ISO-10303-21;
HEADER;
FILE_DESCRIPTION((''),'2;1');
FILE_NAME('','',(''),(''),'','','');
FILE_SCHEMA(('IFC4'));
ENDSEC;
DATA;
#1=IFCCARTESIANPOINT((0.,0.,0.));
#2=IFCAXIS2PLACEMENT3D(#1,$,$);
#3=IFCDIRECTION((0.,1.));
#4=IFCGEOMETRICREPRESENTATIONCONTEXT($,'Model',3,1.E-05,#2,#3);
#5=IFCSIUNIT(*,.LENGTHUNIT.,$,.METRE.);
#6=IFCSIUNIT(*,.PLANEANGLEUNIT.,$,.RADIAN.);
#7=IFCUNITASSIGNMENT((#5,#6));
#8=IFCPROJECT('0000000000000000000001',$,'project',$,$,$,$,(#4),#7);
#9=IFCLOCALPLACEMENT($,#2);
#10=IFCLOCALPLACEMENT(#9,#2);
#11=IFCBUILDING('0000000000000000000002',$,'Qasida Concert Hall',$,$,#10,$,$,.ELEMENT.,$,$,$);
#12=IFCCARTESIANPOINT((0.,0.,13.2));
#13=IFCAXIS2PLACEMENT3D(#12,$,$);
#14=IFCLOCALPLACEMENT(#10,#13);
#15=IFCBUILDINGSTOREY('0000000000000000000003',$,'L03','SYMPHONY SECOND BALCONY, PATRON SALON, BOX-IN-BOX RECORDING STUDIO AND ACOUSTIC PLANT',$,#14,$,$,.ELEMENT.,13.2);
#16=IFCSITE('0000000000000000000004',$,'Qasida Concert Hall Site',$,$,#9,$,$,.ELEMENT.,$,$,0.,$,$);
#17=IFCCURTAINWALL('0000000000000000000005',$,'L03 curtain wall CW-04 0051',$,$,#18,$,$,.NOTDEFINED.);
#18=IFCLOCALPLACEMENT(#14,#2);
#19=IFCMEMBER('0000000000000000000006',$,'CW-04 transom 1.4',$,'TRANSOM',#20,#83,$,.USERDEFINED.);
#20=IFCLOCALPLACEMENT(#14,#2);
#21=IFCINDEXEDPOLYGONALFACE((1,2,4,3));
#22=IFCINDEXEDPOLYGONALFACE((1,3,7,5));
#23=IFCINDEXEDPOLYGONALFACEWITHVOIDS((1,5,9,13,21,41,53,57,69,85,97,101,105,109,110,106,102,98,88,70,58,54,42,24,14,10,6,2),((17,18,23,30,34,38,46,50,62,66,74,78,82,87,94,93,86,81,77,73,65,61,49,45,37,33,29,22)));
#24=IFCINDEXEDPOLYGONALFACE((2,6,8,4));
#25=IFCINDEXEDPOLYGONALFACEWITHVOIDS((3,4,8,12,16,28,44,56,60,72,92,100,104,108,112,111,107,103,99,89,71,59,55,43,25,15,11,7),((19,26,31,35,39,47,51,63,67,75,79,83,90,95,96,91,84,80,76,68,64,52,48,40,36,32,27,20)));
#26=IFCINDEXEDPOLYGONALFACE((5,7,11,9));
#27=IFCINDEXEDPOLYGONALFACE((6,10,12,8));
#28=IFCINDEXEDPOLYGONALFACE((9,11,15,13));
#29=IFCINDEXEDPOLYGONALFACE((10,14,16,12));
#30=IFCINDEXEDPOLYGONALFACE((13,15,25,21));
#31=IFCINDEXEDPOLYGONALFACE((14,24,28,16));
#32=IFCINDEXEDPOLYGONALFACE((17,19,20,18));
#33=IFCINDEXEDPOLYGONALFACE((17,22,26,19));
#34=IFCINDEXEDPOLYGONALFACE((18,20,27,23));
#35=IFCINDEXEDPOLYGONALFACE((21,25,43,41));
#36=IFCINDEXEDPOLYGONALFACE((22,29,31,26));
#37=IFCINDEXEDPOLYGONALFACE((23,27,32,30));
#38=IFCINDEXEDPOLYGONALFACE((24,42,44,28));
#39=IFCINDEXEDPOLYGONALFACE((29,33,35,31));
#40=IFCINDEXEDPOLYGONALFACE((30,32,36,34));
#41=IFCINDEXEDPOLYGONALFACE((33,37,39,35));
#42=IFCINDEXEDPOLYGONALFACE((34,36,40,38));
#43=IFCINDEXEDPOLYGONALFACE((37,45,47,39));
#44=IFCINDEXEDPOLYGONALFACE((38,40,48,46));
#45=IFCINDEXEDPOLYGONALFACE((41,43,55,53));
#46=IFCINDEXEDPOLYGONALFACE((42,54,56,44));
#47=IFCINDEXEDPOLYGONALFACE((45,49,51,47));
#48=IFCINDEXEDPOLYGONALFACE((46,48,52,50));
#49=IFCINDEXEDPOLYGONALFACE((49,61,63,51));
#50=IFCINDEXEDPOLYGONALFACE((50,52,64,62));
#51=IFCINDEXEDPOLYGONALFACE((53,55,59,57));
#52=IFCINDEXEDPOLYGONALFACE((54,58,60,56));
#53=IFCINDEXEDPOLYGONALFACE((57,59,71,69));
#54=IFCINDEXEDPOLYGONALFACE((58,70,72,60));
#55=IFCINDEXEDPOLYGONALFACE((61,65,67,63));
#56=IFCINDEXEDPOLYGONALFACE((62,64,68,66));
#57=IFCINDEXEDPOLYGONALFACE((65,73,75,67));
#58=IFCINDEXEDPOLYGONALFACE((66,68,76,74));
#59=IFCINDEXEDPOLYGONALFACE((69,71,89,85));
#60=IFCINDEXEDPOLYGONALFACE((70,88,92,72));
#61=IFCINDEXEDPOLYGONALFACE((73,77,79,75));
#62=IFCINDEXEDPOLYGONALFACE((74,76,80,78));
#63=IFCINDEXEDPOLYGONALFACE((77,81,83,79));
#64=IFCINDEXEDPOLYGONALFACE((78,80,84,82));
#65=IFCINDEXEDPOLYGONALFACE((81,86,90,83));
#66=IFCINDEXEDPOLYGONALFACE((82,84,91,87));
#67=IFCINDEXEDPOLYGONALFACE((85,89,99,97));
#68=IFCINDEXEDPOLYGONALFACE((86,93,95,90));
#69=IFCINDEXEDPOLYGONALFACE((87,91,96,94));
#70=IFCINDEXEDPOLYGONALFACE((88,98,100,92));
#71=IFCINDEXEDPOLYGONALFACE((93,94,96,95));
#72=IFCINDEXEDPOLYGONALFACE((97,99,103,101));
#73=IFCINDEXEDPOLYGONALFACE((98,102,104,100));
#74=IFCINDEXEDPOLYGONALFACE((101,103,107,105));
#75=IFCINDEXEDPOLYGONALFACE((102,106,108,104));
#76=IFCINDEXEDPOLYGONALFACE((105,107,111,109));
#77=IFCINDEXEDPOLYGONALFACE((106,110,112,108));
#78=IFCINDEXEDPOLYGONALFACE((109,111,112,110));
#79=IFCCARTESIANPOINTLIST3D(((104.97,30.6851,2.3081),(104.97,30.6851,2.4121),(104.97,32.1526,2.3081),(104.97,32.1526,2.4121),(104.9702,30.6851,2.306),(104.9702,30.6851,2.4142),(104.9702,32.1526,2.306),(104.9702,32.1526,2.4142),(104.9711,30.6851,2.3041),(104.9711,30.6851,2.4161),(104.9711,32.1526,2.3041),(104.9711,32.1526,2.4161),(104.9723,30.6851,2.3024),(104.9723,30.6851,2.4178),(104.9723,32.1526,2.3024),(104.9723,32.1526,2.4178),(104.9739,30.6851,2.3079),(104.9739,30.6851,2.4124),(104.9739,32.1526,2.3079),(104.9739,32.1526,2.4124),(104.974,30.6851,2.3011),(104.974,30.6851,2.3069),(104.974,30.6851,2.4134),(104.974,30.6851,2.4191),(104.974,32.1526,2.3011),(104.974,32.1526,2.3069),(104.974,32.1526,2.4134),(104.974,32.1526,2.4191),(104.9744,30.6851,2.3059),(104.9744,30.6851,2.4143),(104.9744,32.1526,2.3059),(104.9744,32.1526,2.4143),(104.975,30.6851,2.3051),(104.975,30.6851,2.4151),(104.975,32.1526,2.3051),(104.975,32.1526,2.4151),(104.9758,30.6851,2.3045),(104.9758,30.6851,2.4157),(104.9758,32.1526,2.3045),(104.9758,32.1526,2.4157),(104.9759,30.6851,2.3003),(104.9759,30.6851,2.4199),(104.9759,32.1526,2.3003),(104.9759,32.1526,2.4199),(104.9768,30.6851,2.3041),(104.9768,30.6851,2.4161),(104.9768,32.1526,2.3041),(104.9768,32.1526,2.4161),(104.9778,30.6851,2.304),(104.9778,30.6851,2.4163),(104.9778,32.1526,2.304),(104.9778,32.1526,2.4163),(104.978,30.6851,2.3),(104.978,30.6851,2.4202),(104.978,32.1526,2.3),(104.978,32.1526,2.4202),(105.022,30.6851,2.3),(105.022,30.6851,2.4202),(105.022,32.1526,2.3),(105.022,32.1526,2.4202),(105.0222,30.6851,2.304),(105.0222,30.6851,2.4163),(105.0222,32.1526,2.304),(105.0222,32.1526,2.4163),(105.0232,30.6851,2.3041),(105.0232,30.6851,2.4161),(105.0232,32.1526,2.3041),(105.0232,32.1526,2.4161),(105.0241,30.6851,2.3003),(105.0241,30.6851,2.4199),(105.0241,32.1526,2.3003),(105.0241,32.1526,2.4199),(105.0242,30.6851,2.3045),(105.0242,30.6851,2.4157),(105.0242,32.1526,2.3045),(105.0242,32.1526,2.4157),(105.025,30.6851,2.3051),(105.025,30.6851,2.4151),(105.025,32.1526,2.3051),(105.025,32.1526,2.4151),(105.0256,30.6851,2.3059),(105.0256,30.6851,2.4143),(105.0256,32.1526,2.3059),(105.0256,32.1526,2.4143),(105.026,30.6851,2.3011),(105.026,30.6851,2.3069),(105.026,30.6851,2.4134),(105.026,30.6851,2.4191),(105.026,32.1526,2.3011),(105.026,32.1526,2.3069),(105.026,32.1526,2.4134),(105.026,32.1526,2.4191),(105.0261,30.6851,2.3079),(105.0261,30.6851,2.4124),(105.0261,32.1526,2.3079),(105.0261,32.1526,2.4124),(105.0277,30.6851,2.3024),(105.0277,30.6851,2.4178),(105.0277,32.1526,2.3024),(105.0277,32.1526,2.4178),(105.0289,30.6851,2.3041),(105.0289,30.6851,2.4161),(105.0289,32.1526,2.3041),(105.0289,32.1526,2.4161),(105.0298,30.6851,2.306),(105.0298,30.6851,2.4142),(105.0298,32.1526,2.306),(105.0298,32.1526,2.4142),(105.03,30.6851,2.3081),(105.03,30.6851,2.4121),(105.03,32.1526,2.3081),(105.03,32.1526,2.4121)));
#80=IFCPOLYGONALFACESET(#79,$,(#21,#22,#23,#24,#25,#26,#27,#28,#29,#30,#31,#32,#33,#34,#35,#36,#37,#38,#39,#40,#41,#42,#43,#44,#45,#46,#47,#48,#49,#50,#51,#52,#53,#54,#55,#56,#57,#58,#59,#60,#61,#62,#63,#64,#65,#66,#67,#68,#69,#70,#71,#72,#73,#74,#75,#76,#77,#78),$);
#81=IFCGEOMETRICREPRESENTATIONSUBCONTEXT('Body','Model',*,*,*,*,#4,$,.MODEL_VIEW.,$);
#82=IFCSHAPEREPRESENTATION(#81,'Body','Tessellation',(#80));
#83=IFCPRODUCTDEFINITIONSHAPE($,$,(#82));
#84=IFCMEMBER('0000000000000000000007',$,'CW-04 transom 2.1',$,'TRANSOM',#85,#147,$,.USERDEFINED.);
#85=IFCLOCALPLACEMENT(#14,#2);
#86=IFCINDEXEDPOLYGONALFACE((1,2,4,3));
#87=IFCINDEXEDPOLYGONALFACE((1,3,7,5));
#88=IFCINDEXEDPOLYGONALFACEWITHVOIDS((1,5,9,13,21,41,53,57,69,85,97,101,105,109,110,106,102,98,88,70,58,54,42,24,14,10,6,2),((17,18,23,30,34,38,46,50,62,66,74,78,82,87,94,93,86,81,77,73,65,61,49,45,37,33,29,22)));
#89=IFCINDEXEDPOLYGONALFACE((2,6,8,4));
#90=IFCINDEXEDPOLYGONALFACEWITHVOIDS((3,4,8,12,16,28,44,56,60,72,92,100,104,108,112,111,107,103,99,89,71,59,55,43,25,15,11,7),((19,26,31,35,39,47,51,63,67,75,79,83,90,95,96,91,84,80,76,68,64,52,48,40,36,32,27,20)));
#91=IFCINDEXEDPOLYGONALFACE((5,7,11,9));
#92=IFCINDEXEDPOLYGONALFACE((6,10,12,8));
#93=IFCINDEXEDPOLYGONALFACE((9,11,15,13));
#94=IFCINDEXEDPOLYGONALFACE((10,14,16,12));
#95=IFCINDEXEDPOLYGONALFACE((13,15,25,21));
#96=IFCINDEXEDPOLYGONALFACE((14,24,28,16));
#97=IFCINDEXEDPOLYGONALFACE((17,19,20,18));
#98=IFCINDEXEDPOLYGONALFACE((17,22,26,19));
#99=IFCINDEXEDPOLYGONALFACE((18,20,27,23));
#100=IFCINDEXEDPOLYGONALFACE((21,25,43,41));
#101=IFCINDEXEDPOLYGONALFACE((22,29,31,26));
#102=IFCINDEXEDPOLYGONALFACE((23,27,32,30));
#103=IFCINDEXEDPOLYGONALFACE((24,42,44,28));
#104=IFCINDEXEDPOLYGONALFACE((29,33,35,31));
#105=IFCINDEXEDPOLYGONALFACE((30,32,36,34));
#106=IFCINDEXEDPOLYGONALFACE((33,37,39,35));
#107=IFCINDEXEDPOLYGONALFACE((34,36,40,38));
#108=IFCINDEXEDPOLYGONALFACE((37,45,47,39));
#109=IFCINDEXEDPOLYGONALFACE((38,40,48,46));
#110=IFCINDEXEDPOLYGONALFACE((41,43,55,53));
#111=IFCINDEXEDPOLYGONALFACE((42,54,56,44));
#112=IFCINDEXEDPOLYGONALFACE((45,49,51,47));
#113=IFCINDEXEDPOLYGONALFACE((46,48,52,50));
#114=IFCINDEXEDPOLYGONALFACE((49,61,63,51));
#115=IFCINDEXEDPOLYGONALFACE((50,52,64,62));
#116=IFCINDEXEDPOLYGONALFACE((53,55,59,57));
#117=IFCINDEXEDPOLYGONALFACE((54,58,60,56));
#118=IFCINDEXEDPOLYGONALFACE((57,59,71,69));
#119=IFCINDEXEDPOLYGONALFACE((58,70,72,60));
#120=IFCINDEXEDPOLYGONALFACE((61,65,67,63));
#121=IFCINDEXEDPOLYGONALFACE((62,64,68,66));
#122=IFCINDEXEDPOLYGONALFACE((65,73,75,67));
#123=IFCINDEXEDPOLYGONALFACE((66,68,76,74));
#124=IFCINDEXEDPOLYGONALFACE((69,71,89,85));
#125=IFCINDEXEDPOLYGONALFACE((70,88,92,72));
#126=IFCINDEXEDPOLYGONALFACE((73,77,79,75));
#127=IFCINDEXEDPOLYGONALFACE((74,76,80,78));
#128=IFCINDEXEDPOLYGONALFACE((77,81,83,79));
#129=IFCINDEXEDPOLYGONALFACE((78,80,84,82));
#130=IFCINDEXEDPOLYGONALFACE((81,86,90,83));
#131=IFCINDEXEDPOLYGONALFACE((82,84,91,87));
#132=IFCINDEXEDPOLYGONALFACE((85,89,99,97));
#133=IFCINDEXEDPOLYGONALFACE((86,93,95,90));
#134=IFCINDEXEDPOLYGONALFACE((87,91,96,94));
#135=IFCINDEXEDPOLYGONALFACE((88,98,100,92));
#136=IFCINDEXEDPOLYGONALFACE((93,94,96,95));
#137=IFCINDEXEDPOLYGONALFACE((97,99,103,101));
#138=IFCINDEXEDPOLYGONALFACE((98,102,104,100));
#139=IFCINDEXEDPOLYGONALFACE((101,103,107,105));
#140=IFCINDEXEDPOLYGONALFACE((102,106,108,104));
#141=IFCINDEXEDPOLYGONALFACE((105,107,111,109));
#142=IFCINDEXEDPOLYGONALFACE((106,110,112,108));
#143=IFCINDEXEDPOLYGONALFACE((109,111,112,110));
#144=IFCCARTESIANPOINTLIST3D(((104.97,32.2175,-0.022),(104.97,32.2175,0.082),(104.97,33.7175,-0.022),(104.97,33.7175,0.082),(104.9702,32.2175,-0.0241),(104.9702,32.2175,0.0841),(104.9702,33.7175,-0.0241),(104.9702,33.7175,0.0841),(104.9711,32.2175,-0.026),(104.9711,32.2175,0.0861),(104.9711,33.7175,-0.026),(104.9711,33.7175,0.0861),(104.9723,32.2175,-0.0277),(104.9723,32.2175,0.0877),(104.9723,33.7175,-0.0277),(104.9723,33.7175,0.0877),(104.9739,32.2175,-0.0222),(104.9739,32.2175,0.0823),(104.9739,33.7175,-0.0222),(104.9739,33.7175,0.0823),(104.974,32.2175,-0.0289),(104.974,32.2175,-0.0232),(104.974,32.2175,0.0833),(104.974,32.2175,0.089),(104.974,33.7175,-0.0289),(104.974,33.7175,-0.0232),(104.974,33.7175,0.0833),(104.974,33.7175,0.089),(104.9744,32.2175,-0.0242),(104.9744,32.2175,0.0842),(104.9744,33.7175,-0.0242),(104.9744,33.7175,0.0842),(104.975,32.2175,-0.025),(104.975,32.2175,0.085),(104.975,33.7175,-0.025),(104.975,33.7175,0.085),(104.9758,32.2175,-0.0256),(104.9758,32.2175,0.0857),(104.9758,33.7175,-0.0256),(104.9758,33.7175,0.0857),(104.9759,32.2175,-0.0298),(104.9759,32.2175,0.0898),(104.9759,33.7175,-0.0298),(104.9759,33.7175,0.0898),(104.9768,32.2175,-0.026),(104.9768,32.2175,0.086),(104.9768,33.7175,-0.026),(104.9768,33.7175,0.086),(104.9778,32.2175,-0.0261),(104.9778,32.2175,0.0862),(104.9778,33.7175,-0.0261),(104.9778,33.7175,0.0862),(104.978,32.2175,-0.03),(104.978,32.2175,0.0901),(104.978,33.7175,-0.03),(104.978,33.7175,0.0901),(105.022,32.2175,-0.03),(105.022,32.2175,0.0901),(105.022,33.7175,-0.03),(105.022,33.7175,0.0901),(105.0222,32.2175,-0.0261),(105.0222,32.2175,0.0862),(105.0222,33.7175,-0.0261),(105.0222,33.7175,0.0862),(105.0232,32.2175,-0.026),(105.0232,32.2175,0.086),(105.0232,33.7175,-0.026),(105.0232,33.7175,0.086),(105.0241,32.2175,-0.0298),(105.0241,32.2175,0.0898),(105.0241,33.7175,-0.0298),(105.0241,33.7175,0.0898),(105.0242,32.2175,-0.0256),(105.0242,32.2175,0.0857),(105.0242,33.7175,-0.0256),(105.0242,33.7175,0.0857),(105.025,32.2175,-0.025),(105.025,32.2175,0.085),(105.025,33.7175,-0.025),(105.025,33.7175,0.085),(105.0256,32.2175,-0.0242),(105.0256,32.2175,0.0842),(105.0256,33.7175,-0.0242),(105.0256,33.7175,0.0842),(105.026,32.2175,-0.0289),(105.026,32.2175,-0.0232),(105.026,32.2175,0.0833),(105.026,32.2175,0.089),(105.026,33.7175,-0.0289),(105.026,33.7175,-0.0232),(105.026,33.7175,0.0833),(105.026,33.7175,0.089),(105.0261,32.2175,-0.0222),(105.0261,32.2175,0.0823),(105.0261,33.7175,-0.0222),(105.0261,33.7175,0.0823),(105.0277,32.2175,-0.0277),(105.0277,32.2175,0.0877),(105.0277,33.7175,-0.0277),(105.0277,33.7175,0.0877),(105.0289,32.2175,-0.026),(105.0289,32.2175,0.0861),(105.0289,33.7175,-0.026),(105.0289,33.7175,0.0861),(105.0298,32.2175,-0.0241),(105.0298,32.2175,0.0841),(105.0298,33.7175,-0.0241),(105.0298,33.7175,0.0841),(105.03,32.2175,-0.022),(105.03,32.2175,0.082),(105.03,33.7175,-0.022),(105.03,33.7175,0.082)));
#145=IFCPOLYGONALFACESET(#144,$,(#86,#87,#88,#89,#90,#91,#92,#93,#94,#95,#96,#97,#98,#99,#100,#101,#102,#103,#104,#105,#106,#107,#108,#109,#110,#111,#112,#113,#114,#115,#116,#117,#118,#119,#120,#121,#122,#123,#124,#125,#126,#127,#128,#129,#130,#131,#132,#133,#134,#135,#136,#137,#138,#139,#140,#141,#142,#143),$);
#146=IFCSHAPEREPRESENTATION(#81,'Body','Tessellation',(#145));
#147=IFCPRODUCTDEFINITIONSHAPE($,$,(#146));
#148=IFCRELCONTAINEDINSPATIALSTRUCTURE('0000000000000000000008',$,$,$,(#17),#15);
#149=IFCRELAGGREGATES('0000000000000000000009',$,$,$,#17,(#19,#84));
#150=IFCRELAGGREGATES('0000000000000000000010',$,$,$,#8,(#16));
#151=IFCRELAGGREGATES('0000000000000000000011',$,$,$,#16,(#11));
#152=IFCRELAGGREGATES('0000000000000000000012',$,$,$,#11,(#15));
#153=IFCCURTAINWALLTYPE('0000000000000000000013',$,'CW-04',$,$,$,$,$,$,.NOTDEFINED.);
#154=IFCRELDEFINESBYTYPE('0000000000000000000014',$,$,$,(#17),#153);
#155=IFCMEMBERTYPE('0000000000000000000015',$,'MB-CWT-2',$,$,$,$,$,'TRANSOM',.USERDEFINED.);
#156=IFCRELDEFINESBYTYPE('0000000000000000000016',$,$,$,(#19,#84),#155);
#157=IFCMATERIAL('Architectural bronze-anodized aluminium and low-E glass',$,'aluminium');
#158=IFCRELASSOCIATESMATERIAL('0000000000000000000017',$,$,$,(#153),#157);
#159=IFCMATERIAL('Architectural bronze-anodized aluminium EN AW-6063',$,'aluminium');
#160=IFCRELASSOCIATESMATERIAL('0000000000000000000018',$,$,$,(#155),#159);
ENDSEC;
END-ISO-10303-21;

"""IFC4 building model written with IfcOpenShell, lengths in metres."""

from ifc_helpers import new_model, si_unit, direction, frame, origin, origin_2d, place, context, subcontext, project, spatial, hollow_rectangle, extrude, material, material_profile, profile_set, type_object, element, aggregate, save


model = new_model("IFC4")

# Units and contexts
model_context = context("Model", 3, precision=1e-05, world=origin(), true_north=direction((0.0, 1.0)))
body_context = subcontext(model_context, "Body", "Model", "MODEL_VIEW")
ifc_project = project(units=[si_unit("LENGTHUNIT", "METRE"), si_unit("PLANEANGLEUNIT", "RADIAN")], contexts=[model_context])

# Site, building, storey
site_placement = place(None, origin())
site = spatial("IfcSite", under=ifc_project, at=site_placement, Name="Qasida Concert Hall Site", CompositionType="ELEMENT", RefElevation=0.0)
building_placement = place(site_placement, origin())
building = spatial("IfcBuilding", under=site, at=building_placement, Name="Qasida Concert Hall", CompositionType="ELEMENT")
storey_placement = place(building_placement, frame((0.0, 0.0, 13.2)))
storey = spatial("IfcBuildingStorey", under=building, at=storey_placement, Name="L03", Description="SYMPHONY SECOND BALCONY, PATRON SALON, BOX-IN-BOX RECORDING STUDIO AND ACOUSTIC PLANT", CompositionType="ELEMENT", Elevation=13.2)

# Curtain wall, members
ifc_material_1 = material(Name="Architectural bronze-anodized aluminium and low-E glass", Category="aluminium")
curtain_wall_type = type_object("IfcCurtainWallType", Name="CW-04", PredefinedType="NOTDEFINED", material=ifc_material_1)
curtain_wall_placement = place(storey_placement, origin())
curtain_wall = element("IfcCurtainWall", 1, at=curtain_wall_placement, inside=storey, type_object=curtain_wall_type, Name="L03 curtain wall CW-04 0051", PredefinedType="NOTDEFINED")
ifc_material_2 = material(Name="Architectural bronze-anodized aluminium EN AW-6063", Category="aluminium")
ifc_material_profile_1 = material_profile(ifc_material_2, hollow_rectangle(XDim=0.0601, YDim=0.1201, WallThickness=0.0039, InnerFilletRadius=0.0039, OuterFilletRadius=0.0081, at=origin_2d()), Name="CWT 120x60x4")
ifc_profile_set_1 = profile_set([ifc_material_profile_1], Name="Architectural bronze-anodized aluminium EN AW-6063")
member_type_1 = type_object("IfcMemberType", Name="MB-CWT-2", ElementType="TRANSOM", PredefinedType="USERDEFINED", material=ifc_profile_set_1)
member_1_placement = place(storey_placement, frame((105.0, 30.6851, 2.3601), z_axis=(0.0, 1.0, 0.0), x_axis=(-1.0, 0.0, 0.0)))
member_1 = element("IfcMember", 2, at=member_1_placement, type_object=member_type_1, Name="CW-04 transom 1.4", ObjectType="TRANSOM", PredefinedType="USERDEFINED", context=body_context, shape_type="SweptSolid", body=[
    extrude(hollow_rectangle(XDim=0.0601, YDim=0.1201, WallThickness=0.0039, InnerFilletRadius=0.0039, OuterFilletRadius=0.0081, at=origin_2d()), origin(), (0.0, 0.0, 1.0), 1.4675),
])
member_2_placement = place(storey_placement, frame((105.0, 32.2175, 0.03), z_axis=(0.0, 1.0, 0.0), x_axis=(-1.0, 0.0, 0.0)))
member_2 = element("IfcMember", 3, at=member_2_placement, type_object=member_type_1, Name="CW-04 transom 2.1", ObjectType="TRANSOM", PredefinedType="USERDEFINED", context=body_context, shape_type="SweptSolid", body=[
    extrude(hollow_rectangle(XDim=0.0601, YDim=0.1201, WallThickness=0.0039, InnerFilletRadius=0.0039, OuterFilletRadius=0.0081, at=origin_2d()), origin(), (0.0, 0.0, 1.0), 1.5),
])

aggregate(curtain_wall, [member_1, member_2])

save(model, "model.ifc")
